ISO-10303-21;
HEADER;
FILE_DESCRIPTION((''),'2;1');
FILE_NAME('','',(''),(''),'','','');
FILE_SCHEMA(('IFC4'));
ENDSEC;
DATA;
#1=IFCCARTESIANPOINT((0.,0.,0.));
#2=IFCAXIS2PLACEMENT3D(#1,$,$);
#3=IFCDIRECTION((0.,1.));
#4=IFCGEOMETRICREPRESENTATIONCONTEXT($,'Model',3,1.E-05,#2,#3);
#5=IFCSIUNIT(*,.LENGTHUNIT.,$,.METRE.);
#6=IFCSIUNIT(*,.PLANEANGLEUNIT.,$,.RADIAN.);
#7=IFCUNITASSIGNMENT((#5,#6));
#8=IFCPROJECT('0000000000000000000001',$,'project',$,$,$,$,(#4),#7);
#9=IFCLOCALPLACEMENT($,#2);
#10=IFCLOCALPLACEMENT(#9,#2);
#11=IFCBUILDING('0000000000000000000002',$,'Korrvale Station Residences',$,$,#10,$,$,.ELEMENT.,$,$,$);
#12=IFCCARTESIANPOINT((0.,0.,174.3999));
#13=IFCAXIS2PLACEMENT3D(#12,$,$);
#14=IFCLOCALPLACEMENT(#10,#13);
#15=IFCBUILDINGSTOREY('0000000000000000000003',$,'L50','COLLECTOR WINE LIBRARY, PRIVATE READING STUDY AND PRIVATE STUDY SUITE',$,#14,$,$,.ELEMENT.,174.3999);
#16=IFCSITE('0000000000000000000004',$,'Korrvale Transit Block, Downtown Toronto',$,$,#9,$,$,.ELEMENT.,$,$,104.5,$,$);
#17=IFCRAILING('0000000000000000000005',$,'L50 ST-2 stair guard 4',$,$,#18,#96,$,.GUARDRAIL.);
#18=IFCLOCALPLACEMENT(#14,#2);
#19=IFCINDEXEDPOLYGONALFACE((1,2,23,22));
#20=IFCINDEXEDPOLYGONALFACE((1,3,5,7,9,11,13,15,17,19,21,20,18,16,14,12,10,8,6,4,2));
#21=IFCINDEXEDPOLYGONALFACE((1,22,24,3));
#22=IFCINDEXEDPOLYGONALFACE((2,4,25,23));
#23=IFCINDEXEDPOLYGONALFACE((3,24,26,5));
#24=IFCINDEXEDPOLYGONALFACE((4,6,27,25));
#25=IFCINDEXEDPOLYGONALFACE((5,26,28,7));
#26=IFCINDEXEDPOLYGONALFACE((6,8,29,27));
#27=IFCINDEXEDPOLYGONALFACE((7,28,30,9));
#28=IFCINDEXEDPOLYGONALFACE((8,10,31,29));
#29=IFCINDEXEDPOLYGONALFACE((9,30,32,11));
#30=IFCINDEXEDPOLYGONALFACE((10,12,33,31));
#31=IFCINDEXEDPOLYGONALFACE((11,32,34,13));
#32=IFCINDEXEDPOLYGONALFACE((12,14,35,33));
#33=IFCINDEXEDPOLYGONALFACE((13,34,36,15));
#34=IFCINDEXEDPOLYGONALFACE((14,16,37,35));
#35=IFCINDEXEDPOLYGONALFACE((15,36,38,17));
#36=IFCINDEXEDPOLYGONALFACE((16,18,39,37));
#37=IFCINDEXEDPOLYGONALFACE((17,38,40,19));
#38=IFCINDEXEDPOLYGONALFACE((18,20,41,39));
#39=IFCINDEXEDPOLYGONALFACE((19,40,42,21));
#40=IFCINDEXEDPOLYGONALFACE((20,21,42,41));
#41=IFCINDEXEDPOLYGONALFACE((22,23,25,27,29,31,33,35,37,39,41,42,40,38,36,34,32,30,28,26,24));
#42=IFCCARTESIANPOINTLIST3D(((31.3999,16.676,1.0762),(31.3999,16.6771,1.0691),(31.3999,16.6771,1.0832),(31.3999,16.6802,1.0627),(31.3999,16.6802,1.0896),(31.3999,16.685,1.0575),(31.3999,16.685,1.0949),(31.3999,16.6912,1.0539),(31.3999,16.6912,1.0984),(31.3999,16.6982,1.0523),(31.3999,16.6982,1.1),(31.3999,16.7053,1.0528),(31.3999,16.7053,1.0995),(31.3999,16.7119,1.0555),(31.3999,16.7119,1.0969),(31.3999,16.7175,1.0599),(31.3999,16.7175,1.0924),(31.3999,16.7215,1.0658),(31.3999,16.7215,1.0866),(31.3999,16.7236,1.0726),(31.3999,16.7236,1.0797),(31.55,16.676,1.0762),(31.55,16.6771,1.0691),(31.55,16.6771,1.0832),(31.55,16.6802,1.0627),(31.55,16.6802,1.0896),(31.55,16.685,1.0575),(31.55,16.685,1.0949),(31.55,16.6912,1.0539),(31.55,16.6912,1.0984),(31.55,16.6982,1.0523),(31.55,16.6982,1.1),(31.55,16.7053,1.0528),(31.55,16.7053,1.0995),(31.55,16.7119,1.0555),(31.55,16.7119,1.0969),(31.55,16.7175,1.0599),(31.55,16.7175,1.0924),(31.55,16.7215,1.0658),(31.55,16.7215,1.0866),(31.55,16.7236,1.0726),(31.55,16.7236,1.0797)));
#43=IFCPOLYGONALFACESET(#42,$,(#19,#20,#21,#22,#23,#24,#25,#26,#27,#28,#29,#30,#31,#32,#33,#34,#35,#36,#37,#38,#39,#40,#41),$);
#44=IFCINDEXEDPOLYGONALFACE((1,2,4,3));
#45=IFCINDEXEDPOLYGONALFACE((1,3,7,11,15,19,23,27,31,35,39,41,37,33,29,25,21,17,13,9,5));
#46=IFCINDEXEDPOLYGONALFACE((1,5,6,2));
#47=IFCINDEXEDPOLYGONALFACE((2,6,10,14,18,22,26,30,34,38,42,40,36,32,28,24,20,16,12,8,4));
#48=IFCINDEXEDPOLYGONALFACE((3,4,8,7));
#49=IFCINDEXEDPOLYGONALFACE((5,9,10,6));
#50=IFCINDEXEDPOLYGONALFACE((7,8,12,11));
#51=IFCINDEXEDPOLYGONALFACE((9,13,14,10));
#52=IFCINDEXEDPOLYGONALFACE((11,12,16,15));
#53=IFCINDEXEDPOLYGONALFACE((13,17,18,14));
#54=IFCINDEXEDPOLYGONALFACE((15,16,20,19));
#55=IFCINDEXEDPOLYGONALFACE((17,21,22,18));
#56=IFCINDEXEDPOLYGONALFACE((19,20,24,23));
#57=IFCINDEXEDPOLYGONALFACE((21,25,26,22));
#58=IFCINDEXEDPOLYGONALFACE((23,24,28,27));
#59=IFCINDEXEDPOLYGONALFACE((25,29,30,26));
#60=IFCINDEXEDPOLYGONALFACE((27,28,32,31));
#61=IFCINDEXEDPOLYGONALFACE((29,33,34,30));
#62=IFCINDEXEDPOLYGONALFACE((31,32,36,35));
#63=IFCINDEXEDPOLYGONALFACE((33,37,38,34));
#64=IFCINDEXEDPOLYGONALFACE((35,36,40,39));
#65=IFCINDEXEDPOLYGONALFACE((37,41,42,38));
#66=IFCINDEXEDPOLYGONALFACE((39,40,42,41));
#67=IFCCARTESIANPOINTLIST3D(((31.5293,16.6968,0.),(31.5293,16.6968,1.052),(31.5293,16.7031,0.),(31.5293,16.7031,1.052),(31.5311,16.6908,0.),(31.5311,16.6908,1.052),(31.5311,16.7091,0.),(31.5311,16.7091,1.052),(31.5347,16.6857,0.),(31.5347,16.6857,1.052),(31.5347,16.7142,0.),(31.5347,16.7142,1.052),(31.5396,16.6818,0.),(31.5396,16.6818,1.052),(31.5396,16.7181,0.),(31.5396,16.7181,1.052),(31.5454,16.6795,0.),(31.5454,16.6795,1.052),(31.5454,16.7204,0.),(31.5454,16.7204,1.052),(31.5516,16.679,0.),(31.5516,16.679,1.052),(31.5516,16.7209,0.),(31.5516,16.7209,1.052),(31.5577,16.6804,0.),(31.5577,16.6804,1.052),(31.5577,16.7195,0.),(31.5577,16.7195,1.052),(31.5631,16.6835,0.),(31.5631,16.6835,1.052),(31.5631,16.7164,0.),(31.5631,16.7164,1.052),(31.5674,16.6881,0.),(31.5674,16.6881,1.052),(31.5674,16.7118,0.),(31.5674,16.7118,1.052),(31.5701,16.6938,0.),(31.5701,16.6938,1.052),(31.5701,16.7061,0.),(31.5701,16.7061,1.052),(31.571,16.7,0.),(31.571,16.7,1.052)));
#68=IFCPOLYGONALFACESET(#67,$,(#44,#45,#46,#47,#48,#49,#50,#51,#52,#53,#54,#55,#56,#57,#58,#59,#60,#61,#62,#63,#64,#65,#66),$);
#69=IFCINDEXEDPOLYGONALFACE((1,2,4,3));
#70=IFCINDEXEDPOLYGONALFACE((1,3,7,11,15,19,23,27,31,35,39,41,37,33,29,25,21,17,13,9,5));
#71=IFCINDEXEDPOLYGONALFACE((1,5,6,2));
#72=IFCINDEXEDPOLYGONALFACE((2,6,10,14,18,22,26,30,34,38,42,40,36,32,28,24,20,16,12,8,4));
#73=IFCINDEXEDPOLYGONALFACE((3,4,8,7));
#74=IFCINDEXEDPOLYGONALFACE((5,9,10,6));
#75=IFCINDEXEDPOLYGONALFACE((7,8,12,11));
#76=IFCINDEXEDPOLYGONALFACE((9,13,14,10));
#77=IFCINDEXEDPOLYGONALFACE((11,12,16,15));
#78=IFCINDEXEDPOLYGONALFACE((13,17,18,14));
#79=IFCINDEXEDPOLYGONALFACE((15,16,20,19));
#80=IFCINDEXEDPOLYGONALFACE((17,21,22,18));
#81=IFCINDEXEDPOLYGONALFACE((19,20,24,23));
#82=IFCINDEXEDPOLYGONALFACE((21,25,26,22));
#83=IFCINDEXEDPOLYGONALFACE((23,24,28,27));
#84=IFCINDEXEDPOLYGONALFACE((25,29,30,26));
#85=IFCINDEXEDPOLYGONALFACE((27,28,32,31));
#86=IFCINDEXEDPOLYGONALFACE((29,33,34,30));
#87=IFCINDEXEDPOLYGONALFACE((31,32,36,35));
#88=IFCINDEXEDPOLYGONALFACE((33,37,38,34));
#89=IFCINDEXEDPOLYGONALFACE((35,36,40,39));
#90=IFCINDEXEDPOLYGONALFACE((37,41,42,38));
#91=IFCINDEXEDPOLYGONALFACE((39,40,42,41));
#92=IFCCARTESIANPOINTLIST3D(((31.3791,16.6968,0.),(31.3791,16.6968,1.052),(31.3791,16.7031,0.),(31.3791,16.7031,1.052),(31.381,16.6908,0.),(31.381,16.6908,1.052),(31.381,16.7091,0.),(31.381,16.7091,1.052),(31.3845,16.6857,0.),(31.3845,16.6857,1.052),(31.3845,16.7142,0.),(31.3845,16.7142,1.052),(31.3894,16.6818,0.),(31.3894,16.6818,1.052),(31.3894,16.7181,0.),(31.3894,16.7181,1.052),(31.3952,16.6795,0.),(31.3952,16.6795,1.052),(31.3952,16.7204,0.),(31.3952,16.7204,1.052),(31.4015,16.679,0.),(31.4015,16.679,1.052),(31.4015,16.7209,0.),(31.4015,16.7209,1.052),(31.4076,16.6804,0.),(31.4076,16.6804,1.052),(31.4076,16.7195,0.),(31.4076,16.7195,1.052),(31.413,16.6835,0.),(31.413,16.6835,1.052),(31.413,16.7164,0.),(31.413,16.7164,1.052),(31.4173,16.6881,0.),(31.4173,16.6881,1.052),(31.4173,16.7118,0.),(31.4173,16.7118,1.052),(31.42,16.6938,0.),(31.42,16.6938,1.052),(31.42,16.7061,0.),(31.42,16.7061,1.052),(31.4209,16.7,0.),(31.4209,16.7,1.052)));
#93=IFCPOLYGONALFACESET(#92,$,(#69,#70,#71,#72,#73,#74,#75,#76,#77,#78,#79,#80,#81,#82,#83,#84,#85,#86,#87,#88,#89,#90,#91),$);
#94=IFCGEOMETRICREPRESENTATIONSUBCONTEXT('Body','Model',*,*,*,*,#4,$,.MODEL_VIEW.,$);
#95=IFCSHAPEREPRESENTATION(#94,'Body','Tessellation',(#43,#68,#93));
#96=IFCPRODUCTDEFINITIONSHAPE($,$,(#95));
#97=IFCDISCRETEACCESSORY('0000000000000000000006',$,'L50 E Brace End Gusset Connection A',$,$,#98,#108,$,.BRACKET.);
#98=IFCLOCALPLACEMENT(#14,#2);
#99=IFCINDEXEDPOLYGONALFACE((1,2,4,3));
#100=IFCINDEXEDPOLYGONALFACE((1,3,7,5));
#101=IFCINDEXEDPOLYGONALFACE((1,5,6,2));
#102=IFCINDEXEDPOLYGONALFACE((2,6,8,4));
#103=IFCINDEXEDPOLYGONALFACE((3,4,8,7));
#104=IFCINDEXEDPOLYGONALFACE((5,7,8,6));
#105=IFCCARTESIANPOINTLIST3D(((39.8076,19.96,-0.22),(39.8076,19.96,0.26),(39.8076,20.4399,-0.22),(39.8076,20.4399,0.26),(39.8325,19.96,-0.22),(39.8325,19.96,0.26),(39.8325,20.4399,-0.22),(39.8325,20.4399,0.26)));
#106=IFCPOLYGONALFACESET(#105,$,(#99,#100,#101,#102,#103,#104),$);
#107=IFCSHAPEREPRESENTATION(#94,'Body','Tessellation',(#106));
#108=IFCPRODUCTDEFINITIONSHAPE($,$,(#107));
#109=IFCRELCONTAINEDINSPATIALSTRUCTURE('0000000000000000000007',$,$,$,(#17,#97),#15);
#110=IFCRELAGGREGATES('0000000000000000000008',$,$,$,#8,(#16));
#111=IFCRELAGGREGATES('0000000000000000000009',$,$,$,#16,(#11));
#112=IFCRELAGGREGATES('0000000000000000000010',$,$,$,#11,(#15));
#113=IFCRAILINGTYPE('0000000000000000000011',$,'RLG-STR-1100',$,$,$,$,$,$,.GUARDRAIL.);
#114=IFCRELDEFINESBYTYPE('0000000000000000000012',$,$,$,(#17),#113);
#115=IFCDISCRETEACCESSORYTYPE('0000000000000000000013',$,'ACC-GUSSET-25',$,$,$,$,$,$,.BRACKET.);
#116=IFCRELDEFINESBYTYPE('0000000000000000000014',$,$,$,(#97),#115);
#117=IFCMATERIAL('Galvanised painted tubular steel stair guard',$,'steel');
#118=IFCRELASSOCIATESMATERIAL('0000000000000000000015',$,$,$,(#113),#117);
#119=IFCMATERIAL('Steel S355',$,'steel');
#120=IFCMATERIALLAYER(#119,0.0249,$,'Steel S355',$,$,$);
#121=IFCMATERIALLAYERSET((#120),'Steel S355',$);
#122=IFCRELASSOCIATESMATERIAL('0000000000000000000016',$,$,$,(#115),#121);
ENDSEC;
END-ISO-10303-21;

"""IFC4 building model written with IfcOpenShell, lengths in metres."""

from ifc_helpers import new_model, si_unit, direction, frame, origin, origin_2d, place, context, subcontext, project, spatial, rectangle, circle, extrude, material, layer, layer_set, type_object, element, save


model = new_model("IFC4")

# Units and contexts
model_context = context("Model", 3, precision=1e-05, world=origin(), true_north=direction((0.0, 1.0)))
body_context = subcontext(model_context, "Body", "Model", "MODEL_VIEW")
ifc_project = project(units=[si_unit("LENGTHUNIT", "METRE"), si_unit("PLANEANGLEUNIT", "RADIAN")], contexts=[model_context])

# Site, building, storey
site_placement = place(None, origin())
site = spatial("IfcSite", under=ifc_project, at=site_placement, Name="Korrvale Transit Block, Downtown Toronto", CompositionType="ELEMENT", RefElevation=104.5)
building_placement = place(site_placement, origin())
building = spatial("IfcBuilding", under=site, at=building_placement, Name="Korrvale Station Residences", CompositionType="ELEMENT")
storey_placement = place(building_placement, frame((0.0, 0.0, 174.3999)))
storey = spatial("IfcBuildingStorey", under=building, at=storey_placement, Name="L50", Description="COLLECTOR WINE LIBRARY, PRIVATE READING STUDY AND PRIVATE STUDY SUITE", CompositionType="ELEMENT", Elevation=174.3999)

# Shared definitions
ifc_material_1 = material(Name="Steel S355", Category="steel")

# Railing
ifc_material_2 = material(Name="Galvanised painted tubular steel stair guard", Category="steel")
railing_type_1 = type_object("IfcRailingType", Name="RLG-STR-1100", PredefinedType="GUARDRAIL", material=ifc_material_2)
railing_1_placement = place(storey_placement, frame((31.55, 16.7, 0.0)))
element("IfcRailing", 1, at=railing_1_placement, inside=storey, type_object=railing_type_1, Name="L50 ST-2 stair guard 4", PredefinedType="GUARDRAIL", context=body_context, shape_type="SweptSolid", body=[
    extrude(circle(Radius=0.0239, at=origin_2d()), frame((0.0, 0.0, 1.0762), z_axis=(-1.0, 0.0, 0.0), x_axis=(0.0, -1.0, 0.0)), (0.0, 0.0, 1.0), 0.1501),
    extrude(circle(Radius=0.021, at=origin_2d()), origin(), (0.0, 0.0, 1.0), 1.052),
    extrude(circle(Radius=0.021, at=origin_2d()), frame((-0.1501, 0.0, 0.0)), (0.0, 0.0, 1.0), 1.052),
])

# Discrete accessory
ifc_layer_1 = layer(ifc_material_1, 0.0249, Name="Steel S355")
ifc_layer_set_1 = layer_set([ifc_layer_1], Name="Steel S355")
discrete_accessory_type = type_object("IfcDiscreteAccessoryType", Name="ACC-GUSSET-25", PredefinedType="BRACKET", material=ifc_layer_set_1)
discrete_accessory_placement = place(storey_placement, frame((39.8201, 20.2, -0.22), z_axis=(0.0, 0.0, 1.0), x_axis=(0.0, 1.0, 0.0)))
element("IfcDiscreteAccessory", 2, at=discrete_accessory_placement, inside=storey, type_object=discrete_accessory_type, Name="L50 E Brace End Gusset Connection A", PredefinedType="BRACKET", context=body_context, shape_type="SweptSolid", body=[
    extrude(rectangle(XDim=0.48, YDim=0.0249, at=origin_2d()), origin(), (0.0, 0.0, 1.0), 0.48),
])

save(model, "model.ifc")
